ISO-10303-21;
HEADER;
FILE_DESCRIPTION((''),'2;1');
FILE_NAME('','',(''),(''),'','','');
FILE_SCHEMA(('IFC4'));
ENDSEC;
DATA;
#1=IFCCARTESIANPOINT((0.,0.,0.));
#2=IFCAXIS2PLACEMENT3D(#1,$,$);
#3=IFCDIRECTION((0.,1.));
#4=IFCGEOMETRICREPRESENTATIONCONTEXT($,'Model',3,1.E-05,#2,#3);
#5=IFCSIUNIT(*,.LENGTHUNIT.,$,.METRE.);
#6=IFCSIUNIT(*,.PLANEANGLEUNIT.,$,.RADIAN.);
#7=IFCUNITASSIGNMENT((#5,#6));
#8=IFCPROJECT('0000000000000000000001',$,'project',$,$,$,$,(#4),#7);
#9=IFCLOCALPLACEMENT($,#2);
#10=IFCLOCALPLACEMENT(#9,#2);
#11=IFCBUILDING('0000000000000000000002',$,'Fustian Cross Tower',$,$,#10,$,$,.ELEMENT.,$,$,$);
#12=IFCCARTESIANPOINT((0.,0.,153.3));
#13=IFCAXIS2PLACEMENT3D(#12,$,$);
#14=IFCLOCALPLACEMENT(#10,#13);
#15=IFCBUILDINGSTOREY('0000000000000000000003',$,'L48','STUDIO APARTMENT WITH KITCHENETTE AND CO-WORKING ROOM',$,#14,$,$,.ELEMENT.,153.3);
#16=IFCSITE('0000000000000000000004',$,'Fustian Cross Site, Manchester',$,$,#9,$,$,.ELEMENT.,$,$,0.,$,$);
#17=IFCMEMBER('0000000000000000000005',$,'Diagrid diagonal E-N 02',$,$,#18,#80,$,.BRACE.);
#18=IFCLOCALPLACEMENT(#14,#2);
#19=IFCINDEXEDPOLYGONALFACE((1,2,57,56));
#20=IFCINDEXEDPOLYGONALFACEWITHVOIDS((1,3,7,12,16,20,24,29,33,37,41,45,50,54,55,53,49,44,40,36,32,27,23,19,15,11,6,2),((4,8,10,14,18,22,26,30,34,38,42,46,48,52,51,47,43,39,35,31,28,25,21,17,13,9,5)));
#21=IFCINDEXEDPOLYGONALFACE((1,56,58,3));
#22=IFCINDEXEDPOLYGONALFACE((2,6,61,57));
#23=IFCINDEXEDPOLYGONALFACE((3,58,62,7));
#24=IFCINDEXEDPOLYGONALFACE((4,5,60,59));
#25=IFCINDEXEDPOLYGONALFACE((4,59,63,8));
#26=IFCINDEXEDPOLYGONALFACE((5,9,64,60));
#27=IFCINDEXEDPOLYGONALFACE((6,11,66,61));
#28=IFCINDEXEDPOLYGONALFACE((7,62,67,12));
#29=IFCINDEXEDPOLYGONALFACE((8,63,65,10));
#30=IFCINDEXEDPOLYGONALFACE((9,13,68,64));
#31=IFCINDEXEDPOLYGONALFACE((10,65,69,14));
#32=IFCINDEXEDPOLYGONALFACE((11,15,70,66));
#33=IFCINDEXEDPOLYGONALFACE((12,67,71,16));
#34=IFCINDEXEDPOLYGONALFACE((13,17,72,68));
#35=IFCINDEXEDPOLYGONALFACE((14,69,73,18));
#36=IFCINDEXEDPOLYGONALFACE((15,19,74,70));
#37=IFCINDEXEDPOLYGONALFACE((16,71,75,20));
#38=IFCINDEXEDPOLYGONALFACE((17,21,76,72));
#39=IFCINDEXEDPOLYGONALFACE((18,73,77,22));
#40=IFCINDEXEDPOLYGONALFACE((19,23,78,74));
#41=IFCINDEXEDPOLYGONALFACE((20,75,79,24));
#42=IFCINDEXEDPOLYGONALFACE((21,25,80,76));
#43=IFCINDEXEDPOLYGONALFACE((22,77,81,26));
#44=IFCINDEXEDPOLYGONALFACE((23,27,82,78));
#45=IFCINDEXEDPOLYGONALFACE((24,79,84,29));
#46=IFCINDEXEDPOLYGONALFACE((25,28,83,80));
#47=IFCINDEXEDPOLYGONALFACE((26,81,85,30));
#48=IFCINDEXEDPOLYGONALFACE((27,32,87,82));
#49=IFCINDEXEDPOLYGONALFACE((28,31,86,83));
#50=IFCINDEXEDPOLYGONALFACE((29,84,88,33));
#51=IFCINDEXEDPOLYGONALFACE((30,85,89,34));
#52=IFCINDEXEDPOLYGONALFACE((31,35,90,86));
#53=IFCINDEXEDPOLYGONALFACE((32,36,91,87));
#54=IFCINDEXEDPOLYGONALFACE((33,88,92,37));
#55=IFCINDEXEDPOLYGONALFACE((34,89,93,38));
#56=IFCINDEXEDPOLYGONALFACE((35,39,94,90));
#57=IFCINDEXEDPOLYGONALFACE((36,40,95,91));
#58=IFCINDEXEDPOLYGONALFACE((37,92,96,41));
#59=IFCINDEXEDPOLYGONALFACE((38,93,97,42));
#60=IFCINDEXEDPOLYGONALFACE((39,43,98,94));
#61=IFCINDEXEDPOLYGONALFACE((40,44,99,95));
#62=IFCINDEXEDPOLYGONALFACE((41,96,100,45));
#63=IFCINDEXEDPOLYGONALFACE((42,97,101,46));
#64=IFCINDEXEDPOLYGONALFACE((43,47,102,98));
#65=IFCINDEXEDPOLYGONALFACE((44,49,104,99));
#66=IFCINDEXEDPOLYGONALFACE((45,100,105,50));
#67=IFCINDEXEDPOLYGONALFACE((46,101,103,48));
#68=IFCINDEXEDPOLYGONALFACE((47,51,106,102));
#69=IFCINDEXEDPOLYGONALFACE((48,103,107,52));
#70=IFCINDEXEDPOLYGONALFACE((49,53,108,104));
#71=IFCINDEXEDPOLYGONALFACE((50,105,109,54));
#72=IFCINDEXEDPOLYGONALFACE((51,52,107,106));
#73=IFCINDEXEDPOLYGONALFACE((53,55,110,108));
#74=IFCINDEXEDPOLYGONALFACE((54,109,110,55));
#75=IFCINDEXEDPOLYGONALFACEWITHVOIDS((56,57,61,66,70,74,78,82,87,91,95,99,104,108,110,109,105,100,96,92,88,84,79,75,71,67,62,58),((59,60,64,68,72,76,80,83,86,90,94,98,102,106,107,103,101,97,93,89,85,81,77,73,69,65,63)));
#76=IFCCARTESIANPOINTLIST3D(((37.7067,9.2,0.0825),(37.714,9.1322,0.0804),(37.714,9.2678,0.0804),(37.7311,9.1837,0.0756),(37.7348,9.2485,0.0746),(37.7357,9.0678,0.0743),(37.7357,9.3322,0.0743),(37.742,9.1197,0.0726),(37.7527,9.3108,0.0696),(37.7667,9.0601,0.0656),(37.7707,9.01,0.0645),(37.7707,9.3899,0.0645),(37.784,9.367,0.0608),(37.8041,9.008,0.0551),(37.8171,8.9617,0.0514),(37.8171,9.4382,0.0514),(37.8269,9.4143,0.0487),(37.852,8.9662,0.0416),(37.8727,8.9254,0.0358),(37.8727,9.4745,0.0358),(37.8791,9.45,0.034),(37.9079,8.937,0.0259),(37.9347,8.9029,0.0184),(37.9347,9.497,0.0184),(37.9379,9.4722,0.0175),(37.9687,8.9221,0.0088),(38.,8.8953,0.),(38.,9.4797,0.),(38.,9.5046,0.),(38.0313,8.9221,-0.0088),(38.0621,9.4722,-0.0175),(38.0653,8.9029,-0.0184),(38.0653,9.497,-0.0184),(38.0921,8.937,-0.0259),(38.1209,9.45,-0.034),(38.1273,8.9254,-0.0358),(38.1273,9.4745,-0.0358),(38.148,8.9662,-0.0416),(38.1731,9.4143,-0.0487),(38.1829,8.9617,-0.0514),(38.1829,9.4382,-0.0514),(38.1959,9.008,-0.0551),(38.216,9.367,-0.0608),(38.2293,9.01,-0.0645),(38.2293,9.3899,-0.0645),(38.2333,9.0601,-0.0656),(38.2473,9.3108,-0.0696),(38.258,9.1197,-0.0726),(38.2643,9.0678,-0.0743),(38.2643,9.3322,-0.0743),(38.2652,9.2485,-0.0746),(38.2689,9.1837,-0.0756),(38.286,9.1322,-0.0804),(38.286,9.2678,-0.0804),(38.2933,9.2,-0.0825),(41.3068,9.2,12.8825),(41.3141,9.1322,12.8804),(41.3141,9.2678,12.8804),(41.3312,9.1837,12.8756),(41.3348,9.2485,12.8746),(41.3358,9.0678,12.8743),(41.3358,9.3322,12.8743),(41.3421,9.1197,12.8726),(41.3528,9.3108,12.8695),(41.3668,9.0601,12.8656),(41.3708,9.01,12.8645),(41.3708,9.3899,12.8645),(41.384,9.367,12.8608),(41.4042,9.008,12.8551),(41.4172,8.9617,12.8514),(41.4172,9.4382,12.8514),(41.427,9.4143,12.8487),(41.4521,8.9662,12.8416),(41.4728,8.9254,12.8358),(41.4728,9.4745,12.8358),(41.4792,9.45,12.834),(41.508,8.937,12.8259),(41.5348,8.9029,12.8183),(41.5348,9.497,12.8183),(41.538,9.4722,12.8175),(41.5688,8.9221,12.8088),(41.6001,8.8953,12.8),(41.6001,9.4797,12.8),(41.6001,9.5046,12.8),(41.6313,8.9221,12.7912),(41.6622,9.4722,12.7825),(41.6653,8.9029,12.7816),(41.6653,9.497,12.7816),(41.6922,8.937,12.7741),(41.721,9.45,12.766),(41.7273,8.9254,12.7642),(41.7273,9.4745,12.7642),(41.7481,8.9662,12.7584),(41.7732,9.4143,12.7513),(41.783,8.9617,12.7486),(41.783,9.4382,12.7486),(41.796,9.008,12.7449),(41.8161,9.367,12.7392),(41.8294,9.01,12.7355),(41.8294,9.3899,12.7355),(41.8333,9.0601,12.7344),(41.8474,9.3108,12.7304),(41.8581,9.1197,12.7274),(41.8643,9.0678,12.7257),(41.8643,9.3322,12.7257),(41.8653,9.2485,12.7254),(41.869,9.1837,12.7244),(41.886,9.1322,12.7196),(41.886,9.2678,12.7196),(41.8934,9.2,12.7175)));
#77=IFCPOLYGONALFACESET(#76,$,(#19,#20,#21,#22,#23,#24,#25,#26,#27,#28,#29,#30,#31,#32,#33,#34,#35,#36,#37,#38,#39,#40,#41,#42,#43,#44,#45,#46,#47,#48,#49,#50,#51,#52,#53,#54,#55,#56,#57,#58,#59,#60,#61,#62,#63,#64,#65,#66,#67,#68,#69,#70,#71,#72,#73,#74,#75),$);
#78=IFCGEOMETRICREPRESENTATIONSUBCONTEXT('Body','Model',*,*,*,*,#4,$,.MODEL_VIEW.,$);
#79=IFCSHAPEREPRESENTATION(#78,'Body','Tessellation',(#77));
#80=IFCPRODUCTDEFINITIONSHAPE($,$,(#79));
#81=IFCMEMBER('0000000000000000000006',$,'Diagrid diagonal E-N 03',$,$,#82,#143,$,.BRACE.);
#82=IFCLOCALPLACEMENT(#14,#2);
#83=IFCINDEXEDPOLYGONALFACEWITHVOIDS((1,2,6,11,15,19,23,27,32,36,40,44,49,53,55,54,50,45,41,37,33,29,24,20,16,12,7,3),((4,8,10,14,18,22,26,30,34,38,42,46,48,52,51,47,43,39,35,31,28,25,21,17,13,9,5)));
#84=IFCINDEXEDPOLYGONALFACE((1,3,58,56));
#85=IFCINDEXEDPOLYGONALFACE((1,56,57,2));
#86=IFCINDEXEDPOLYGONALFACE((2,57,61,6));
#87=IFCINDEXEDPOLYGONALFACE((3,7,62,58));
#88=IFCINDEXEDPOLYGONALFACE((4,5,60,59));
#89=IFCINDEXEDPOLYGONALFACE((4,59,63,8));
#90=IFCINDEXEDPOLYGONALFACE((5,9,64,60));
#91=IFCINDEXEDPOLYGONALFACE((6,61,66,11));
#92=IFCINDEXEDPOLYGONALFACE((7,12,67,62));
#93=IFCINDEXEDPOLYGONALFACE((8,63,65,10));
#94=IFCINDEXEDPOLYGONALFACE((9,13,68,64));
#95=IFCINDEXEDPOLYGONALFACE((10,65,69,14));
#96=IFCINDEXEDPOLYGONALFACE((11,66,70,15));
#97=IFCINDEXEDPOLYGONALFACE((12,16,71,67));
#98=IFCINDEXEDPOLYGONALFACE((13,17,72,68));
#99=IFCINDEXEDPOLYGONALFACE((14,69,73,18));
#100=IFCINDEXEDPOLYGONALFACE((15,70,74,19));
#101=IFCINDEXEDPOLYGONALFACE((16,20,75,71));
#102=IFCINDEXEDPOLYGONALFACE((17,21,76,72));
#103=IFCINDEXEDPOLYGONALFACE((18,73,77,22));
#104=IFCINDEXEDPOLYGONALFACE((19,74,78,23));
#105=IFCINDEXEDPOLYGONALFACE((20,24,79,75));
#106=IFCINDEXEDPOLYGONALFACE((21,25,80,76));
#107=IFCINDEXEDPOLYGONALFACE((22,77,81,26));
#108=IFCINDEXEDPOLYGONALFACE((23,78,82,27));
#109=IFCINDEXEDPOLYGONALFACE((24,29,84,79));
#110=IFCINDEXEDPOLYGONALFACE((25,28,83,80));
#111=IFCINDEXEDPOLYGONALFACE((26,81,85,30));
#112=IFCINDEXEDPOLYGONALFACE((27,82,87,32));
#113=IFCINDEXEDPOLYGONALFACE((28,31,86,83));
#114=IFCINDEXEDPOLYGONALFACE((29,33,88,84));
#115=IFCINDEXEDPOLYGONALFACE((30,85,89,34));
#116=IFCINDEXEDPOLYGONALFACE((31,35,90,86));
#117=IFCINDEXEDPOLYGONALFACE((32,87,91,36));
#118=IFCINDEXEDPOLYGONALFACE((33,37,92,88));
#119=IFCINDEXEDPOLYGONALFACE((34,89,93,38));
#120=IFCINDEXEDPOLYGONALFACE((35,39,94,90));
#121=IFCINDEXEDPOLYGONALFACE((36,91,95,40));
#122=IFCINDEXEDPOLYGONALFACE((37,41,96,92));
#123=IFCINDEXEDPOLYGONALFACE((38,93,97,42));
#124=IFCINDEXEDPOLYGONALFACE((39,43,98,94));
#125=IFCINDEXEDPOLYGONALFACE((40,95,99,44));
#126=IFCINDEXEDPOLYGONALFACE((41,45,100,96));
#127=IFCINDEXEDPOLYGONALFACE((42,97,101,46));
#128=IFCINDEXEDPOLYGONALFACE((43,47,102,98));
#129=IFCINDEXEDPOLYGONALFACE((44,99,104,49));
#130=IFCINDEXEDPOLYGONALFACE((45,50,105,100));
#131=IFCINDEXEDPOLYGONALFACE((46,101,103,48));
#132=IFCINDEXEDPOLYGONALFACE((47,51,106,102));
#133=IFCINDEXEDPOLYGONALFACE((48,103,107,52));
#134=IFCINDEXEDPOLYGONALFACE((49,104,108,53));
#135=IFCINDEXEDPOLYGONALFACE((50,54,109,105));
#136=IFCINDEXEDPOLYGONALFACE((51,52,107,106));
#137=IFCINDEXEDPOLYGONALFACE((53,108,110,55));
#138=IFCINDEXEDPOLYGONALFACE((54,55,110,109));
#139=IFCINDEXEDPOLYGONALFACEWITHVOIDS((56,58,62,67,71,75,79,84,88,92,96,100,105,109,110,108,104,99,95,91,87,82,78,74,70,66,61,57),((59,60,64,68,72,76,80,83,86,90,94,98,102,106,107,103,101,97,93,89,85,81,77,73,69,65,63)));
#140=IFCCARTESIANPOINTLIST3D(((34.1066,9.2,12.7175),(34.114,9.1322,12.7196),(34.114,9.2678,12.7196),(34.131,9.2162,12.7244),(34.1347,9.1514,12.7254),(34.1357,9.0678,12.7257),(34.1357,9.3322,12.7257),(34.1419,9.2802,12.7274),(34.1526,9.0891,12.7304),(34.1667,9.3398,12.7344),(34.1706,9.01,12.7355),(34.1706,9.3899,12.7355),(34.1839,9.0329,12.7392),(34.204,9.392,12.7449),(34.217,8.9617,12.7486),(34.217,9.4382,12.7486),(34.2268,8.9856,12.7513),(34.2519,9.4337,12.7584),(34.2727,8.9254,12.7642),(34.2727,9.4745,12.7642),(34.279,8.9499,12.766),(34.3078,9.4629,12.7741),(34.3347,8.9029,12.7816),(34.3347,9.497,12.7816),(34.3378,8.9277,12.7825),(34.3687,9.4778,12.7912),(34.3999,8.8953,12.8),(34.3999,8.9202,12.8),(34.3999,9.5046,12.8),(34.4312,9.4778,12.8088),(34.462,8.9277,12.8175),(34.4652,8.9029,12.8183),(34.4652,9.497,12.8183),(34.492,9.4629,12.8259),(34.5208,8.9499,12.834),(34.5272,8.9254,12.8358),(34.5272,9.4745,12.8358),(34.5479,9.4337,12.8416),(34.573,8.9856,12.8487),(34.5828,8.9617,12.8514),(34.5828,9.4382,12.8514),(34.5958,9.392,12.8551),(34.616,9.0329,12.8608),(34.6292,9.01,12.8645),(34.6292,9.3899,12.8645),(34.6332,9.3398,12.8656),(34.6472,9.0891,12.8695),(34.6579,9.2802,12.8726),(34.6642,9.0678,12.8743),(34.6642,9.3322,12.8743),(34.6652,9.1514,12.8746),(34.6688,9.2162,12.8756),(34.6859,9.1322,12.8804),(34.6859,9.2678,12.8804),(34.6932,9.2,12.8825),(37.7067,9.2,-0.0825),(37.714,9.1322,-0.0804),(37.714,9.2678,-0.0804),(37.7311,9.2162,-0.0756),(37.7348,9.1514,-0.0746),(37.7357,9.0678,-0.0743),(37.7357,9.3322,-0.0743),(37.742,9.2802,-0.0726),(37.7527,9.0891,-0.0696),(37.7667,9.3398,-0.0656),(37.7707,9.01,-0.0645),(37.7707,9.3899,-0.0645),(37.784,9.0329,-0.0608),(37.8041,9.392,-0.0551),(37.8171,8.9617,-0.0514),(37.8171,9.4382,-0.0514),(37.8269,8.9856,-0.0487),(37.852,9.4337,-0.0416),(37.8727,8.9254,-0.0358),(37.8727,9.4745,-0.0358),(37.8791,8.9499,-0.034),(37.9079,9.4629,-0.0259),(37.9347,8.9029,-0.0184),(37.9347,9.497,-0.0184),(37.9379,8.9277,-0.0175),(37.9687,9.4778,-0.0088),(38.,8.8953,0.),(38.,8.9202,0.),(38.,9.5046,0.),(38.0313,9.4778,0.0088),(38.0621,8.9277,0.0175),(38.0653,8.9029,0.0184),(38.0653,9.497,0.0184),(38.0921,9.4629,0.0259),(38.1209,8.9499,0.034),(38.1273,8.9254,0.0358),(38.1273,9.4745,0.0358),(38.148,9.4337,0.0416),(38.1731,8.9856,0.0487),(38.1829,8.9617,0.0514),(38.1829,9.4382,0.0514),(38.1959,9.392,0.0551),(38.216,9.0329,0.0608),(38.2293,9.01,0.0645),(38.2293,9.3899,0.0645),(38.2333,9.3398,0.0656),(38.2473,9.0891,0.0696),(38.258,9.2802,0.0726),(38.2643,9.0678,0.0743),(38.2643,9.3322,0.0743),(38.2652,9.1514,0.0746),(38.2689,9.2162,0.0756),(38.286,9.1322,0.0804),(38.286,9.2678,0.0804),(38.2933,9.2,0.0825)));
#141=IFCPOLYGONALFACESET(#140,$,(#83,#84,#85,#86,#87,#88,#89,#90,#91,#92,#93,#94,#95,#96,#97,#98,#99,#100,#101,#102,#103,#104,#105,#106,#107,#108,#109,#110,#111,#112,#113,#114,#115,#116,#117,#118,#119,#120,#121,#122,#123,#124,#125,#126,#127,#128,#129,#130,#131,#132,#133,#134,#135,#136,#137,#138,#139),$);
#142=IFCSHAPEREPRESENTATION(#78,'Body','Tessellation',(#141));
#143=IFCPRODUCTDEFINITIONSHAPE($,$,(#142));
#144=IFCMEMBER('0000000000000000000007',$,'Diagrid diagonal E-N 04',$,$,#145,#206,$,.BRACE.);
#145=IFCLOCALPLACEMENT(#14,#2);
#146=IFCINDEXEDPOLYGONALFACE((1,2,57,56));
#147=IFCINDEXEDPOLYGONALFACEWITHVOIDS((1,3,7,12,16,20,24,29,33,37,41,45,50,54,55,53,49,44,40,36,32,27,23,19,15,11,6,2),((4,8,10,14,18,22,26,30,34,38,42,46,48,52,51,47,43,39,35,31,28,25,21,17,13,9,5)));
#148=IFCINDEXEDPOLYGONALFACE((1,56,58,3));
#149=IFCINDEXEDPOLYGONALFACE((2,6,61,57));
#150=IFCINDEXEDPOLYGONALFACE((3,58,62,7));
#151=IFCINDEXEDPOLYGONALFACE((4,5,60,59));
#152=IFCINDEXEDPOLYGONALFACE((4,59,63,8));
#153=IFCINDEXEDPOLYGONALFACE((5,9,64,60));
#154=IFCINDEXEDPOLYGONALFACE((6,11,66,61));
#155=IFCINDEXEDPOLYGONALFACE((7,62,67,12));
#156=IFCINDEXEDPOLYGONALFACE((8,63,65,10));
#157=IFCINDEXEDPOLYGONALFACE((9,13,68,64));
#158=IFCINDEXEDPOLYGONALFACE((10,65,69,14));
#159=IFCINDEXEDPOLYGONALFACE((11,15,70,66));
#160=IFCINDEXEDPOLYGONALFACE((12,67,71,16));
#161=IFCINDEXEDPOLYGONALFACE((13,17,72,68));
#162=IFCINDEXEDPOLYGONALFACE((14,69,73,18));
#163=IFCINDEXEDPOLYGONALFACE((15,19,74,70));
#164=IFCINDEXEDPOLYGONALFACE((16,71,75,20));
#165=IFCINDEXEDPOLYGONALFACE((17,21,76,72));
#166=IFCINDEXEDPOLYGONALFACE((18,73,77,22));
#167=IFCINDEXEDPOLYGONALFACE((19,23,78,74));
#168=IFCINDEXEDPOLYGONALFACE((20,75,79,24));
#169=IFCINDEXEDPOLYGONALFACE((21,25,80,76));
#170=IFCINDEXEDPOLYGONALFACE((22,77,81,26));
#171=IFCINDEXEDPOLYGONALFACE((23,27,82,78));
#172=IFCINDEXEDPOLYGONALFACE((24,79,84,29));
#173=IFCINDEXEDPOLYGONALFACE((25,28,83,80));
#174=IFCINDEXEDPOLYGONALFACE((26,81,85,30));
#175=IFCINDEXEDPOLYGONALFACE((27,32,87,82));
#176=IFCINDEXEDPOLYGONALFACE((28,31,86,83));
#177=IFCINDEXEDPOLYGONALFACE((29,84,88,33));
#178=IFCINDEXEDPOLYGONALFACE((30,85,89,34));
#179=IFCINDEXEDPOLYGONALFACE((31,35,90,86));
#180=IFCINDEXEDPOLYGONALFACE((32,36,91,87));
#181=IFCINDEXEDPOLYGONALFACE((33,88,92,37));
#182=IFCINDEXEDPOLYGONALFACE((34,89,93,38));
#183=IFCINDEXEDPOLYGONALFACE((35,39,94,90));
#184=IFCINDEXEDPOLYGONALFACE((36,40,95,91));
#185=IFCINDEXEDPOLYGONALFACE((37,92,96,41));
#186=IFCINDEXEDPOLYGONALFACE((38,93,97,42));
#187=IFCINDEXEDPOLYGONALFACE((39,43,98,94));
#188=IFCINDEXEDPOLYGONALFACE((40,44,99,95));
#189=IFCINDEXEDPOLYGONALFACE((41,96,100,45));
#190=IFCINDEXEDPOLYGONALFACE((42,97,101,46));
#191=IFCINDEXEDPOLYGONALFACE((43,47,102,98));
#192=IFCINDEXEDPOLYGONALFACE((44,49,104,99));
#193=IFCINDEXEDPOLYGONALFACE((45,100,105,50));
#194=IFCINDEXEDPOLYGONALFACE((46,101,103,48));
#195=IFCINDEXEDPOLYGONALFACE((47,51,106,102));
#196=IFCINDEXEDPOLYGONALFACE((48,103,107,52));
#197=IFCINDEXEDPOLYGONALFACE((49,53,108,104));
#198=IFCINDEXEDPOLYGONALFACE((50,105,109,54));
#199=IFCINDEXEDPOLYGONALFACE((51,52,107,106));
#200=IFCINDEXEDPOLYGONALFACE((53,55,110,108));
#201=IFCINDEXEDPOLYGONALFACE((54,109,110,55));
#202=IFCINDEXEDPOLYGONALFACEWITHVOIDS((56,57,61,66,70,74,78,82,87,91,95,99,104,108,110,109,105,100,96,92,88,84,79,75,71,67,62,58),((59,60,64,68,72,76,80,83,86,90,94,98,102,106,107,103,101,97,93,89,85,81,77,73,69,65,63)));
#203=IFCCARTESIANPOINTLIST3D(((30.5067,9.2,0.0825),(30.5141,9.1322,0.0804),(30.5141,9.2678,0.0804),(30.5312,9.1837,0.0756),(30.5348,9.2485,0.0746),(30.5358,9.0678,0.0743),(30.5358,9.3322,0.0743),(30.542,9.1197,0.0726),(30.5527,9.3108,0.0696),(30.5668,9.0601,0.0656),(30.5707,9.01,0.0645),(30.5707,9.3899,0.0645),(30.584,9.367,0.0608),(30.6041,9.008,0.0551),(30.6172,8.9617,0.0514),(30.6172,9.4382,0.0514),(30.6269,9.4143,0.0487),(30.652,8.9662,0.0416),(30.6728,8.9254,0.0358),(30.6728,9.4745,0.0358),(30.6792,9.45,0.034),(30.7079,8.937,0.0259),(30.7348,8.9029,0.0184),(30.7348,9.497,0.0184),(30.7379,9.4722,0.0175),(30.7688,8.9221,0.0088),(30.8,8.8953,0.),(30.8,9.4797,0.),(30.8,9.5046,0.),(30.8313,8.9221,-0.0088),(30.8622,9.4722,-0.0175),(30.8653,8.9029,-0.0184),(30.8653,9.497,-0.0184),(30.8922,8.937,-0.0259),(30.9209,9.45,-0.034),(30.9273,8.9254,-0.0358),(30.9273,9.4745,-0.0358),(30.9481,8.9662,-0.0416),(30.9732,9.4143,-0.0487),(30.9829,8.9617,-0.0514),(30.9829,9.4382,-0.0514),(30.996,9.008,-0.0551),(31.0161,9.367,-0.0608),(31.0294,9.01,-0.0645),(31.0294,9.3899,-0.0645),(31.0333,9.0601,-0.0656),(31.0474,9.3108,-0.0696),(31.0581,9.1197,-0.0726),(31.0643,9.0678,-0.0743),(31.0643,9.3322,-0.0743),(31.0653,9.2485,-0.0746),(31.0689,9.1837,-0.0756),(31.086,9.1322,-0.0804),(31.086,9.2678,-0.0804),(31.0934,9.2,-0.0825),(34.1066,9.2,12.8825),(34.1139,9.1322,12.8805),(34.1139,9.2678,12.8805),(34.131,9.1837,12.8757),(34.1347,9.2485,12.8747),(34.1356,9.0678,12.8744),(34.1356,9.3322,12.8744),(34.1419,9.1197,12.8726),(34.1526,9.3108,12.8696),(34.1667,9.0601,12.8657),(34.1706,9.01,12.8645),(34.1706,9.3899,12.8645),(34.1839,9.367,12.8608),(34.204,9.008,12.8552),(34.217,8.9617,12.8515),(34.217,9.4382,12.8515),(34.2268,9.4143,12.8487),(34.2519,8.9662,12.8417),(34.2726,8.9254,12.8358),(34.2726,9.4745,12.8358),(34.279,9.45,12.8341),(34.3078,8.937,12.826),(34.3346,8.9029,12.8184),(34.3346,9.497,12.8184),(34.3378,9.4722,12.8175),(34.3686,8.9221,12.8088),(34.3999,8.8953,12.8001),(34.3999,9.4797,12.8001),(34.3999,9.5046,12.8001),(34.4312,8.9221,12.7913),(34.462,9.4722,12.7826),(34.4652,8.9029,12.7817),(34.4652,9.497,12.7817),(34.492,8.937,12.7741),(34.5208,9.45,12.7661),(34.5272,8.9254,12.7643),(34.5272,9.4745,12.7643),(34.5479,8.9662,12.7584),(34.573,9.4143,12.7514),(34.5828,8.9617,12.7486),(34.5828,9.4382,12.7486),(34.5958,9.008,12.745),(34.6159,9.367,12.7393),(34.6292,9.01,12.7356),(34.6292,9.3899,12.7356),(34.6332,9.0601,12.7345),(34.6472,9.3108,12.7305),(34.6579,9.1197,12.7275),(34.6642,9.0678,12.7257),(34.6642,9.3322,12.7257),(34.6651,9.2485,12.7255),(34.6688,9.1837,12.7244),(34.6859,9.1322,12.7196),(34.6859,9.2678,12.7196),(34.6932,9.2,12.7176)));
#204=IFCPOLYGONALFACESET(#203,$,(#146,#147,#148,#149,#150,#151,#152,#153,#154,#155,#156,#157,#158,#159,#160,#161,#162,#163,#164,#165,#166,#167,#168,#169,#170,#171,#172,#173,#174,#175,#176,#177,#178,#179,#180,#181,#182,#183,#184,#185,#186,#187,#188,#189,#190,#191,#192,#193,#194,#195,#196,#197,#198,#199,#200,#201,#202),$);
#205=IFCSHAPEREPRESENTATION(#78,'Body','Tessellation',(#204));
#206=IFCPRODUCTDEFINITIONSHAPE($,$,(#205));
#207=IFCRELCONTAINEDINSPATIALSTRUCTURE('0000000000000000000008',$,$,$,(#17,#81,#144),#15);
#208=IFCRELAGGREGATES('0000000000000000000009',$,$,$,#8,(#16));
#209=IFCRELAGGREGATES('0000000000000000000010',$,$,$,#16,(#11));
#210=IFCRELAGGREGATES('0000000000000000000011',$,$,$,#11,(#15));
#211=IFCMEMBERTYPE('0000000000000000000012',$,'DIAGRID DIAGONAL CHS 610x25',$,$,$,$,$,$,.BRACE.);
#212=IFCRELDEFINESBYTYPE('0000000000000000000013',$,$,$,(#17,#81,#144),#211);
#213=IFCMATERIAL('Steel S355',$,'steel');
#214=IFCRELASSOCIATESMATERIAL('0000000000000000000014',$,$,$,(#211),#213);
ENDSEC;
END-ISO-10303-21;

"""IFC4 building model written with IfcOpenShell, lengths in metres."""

from ifc_helpers import new_model, si_unit, direction, frame, origin, origin_2d, place, context, subcontext, project, spatial, hollow_circle, extrude, material, material_profile, profile_set, type_object, element, save


model = new_model("IFC4")

# Units and contexts
model_context = context("Model", 3, precision=1e-05, world=origin(), true_north=direction((0.0, 1.0)))
body_context = subcontext(model_context, "Body", "Model", "MODEL_VIEW")
ifc_project = project(units=[si_unit("LENGTHUNIT", "METRE"), si_unit("PLANEANGLEUNIT", "RADIAN")], contexts=[model_context])

# Site, building, storey
site_placement = place(None, origin())
site = spatial("IfcSite", under=ifc_project, at=site_placement, Name="Fustian Cross Site, Manchester", CompositionType="ELEMENT", RefElevation=0.0)
building_placement = place(site_placement, origin())
building = spatial("IfcBuilding", under=site, at=building_placement, Name="Fustian Cross Tower", CompositionType="ELEMENT")
storey_placement = place(building_placement, frame((0.0, 0.0, 153.3)))
storey = spatial("IfcBuildingStorey", under=building, at=storey_placement, Name="L48", Description="STUDIO APARTMENT WITH KITCHENETTE AND CO-WORKING ROOM", CompositionType="ELEMENT", Elevation=153.3)

# Members
ifc_material_1 = material(Name="Steel S355", Category="steel")
ifc_material_profile_1 = material_profile(ifc_material_1, hollow_circle(Radius=0.3047, WallThickness=0.0249, at=origin_2d()), Name="CHS 610x25")
ifc_profile_set_1 = profile_set([ifc_material_profile_1], Name="Steel S355")
member_type_1 = type_object("IfcMemberType", Name="DIAGRID DIAGONAL CHS 610x25", PredefinedType="BRACE", material=ifc_profile_set_1)
for number, where, z_axis, x_axis, name in (
    (1, (38.0, 9.2, 0.0), (0.270751, 0.0, 0.962649), (0.0, 1.0, 0.0), "Diagrid diagonal E-N 02"),
    (2, (38.0, 9.2, 0.0), (-0.270751, 0.0, 0.962649), (0.0, -1.0, 0.0), "Diagrid diagonal E-N 03"),
    (3, (30.8, 9.2, 0.0), (0.270734, 0.0, 0.962654), (0.0, 1.0, 0.0), "Diagrid diagonal E-N 04"),
):
    element("IfcMember", number, at=place(storey_placement, frame(where, z_axis=z_axis, x_axis=x_axis)), inside=storey, type_object=member_type_1, Name=name, PredefinedType="BRACE", context=body_context, shape_type="SweptSolid", body=[
        extrude(hollow_circle(Radius=0.3047, WallThickness=0.0249, at=origin_2d()), origin(), (0.0, 0.0, 1.0), 13.2966),
    ])

save(model, "model.ifc")
